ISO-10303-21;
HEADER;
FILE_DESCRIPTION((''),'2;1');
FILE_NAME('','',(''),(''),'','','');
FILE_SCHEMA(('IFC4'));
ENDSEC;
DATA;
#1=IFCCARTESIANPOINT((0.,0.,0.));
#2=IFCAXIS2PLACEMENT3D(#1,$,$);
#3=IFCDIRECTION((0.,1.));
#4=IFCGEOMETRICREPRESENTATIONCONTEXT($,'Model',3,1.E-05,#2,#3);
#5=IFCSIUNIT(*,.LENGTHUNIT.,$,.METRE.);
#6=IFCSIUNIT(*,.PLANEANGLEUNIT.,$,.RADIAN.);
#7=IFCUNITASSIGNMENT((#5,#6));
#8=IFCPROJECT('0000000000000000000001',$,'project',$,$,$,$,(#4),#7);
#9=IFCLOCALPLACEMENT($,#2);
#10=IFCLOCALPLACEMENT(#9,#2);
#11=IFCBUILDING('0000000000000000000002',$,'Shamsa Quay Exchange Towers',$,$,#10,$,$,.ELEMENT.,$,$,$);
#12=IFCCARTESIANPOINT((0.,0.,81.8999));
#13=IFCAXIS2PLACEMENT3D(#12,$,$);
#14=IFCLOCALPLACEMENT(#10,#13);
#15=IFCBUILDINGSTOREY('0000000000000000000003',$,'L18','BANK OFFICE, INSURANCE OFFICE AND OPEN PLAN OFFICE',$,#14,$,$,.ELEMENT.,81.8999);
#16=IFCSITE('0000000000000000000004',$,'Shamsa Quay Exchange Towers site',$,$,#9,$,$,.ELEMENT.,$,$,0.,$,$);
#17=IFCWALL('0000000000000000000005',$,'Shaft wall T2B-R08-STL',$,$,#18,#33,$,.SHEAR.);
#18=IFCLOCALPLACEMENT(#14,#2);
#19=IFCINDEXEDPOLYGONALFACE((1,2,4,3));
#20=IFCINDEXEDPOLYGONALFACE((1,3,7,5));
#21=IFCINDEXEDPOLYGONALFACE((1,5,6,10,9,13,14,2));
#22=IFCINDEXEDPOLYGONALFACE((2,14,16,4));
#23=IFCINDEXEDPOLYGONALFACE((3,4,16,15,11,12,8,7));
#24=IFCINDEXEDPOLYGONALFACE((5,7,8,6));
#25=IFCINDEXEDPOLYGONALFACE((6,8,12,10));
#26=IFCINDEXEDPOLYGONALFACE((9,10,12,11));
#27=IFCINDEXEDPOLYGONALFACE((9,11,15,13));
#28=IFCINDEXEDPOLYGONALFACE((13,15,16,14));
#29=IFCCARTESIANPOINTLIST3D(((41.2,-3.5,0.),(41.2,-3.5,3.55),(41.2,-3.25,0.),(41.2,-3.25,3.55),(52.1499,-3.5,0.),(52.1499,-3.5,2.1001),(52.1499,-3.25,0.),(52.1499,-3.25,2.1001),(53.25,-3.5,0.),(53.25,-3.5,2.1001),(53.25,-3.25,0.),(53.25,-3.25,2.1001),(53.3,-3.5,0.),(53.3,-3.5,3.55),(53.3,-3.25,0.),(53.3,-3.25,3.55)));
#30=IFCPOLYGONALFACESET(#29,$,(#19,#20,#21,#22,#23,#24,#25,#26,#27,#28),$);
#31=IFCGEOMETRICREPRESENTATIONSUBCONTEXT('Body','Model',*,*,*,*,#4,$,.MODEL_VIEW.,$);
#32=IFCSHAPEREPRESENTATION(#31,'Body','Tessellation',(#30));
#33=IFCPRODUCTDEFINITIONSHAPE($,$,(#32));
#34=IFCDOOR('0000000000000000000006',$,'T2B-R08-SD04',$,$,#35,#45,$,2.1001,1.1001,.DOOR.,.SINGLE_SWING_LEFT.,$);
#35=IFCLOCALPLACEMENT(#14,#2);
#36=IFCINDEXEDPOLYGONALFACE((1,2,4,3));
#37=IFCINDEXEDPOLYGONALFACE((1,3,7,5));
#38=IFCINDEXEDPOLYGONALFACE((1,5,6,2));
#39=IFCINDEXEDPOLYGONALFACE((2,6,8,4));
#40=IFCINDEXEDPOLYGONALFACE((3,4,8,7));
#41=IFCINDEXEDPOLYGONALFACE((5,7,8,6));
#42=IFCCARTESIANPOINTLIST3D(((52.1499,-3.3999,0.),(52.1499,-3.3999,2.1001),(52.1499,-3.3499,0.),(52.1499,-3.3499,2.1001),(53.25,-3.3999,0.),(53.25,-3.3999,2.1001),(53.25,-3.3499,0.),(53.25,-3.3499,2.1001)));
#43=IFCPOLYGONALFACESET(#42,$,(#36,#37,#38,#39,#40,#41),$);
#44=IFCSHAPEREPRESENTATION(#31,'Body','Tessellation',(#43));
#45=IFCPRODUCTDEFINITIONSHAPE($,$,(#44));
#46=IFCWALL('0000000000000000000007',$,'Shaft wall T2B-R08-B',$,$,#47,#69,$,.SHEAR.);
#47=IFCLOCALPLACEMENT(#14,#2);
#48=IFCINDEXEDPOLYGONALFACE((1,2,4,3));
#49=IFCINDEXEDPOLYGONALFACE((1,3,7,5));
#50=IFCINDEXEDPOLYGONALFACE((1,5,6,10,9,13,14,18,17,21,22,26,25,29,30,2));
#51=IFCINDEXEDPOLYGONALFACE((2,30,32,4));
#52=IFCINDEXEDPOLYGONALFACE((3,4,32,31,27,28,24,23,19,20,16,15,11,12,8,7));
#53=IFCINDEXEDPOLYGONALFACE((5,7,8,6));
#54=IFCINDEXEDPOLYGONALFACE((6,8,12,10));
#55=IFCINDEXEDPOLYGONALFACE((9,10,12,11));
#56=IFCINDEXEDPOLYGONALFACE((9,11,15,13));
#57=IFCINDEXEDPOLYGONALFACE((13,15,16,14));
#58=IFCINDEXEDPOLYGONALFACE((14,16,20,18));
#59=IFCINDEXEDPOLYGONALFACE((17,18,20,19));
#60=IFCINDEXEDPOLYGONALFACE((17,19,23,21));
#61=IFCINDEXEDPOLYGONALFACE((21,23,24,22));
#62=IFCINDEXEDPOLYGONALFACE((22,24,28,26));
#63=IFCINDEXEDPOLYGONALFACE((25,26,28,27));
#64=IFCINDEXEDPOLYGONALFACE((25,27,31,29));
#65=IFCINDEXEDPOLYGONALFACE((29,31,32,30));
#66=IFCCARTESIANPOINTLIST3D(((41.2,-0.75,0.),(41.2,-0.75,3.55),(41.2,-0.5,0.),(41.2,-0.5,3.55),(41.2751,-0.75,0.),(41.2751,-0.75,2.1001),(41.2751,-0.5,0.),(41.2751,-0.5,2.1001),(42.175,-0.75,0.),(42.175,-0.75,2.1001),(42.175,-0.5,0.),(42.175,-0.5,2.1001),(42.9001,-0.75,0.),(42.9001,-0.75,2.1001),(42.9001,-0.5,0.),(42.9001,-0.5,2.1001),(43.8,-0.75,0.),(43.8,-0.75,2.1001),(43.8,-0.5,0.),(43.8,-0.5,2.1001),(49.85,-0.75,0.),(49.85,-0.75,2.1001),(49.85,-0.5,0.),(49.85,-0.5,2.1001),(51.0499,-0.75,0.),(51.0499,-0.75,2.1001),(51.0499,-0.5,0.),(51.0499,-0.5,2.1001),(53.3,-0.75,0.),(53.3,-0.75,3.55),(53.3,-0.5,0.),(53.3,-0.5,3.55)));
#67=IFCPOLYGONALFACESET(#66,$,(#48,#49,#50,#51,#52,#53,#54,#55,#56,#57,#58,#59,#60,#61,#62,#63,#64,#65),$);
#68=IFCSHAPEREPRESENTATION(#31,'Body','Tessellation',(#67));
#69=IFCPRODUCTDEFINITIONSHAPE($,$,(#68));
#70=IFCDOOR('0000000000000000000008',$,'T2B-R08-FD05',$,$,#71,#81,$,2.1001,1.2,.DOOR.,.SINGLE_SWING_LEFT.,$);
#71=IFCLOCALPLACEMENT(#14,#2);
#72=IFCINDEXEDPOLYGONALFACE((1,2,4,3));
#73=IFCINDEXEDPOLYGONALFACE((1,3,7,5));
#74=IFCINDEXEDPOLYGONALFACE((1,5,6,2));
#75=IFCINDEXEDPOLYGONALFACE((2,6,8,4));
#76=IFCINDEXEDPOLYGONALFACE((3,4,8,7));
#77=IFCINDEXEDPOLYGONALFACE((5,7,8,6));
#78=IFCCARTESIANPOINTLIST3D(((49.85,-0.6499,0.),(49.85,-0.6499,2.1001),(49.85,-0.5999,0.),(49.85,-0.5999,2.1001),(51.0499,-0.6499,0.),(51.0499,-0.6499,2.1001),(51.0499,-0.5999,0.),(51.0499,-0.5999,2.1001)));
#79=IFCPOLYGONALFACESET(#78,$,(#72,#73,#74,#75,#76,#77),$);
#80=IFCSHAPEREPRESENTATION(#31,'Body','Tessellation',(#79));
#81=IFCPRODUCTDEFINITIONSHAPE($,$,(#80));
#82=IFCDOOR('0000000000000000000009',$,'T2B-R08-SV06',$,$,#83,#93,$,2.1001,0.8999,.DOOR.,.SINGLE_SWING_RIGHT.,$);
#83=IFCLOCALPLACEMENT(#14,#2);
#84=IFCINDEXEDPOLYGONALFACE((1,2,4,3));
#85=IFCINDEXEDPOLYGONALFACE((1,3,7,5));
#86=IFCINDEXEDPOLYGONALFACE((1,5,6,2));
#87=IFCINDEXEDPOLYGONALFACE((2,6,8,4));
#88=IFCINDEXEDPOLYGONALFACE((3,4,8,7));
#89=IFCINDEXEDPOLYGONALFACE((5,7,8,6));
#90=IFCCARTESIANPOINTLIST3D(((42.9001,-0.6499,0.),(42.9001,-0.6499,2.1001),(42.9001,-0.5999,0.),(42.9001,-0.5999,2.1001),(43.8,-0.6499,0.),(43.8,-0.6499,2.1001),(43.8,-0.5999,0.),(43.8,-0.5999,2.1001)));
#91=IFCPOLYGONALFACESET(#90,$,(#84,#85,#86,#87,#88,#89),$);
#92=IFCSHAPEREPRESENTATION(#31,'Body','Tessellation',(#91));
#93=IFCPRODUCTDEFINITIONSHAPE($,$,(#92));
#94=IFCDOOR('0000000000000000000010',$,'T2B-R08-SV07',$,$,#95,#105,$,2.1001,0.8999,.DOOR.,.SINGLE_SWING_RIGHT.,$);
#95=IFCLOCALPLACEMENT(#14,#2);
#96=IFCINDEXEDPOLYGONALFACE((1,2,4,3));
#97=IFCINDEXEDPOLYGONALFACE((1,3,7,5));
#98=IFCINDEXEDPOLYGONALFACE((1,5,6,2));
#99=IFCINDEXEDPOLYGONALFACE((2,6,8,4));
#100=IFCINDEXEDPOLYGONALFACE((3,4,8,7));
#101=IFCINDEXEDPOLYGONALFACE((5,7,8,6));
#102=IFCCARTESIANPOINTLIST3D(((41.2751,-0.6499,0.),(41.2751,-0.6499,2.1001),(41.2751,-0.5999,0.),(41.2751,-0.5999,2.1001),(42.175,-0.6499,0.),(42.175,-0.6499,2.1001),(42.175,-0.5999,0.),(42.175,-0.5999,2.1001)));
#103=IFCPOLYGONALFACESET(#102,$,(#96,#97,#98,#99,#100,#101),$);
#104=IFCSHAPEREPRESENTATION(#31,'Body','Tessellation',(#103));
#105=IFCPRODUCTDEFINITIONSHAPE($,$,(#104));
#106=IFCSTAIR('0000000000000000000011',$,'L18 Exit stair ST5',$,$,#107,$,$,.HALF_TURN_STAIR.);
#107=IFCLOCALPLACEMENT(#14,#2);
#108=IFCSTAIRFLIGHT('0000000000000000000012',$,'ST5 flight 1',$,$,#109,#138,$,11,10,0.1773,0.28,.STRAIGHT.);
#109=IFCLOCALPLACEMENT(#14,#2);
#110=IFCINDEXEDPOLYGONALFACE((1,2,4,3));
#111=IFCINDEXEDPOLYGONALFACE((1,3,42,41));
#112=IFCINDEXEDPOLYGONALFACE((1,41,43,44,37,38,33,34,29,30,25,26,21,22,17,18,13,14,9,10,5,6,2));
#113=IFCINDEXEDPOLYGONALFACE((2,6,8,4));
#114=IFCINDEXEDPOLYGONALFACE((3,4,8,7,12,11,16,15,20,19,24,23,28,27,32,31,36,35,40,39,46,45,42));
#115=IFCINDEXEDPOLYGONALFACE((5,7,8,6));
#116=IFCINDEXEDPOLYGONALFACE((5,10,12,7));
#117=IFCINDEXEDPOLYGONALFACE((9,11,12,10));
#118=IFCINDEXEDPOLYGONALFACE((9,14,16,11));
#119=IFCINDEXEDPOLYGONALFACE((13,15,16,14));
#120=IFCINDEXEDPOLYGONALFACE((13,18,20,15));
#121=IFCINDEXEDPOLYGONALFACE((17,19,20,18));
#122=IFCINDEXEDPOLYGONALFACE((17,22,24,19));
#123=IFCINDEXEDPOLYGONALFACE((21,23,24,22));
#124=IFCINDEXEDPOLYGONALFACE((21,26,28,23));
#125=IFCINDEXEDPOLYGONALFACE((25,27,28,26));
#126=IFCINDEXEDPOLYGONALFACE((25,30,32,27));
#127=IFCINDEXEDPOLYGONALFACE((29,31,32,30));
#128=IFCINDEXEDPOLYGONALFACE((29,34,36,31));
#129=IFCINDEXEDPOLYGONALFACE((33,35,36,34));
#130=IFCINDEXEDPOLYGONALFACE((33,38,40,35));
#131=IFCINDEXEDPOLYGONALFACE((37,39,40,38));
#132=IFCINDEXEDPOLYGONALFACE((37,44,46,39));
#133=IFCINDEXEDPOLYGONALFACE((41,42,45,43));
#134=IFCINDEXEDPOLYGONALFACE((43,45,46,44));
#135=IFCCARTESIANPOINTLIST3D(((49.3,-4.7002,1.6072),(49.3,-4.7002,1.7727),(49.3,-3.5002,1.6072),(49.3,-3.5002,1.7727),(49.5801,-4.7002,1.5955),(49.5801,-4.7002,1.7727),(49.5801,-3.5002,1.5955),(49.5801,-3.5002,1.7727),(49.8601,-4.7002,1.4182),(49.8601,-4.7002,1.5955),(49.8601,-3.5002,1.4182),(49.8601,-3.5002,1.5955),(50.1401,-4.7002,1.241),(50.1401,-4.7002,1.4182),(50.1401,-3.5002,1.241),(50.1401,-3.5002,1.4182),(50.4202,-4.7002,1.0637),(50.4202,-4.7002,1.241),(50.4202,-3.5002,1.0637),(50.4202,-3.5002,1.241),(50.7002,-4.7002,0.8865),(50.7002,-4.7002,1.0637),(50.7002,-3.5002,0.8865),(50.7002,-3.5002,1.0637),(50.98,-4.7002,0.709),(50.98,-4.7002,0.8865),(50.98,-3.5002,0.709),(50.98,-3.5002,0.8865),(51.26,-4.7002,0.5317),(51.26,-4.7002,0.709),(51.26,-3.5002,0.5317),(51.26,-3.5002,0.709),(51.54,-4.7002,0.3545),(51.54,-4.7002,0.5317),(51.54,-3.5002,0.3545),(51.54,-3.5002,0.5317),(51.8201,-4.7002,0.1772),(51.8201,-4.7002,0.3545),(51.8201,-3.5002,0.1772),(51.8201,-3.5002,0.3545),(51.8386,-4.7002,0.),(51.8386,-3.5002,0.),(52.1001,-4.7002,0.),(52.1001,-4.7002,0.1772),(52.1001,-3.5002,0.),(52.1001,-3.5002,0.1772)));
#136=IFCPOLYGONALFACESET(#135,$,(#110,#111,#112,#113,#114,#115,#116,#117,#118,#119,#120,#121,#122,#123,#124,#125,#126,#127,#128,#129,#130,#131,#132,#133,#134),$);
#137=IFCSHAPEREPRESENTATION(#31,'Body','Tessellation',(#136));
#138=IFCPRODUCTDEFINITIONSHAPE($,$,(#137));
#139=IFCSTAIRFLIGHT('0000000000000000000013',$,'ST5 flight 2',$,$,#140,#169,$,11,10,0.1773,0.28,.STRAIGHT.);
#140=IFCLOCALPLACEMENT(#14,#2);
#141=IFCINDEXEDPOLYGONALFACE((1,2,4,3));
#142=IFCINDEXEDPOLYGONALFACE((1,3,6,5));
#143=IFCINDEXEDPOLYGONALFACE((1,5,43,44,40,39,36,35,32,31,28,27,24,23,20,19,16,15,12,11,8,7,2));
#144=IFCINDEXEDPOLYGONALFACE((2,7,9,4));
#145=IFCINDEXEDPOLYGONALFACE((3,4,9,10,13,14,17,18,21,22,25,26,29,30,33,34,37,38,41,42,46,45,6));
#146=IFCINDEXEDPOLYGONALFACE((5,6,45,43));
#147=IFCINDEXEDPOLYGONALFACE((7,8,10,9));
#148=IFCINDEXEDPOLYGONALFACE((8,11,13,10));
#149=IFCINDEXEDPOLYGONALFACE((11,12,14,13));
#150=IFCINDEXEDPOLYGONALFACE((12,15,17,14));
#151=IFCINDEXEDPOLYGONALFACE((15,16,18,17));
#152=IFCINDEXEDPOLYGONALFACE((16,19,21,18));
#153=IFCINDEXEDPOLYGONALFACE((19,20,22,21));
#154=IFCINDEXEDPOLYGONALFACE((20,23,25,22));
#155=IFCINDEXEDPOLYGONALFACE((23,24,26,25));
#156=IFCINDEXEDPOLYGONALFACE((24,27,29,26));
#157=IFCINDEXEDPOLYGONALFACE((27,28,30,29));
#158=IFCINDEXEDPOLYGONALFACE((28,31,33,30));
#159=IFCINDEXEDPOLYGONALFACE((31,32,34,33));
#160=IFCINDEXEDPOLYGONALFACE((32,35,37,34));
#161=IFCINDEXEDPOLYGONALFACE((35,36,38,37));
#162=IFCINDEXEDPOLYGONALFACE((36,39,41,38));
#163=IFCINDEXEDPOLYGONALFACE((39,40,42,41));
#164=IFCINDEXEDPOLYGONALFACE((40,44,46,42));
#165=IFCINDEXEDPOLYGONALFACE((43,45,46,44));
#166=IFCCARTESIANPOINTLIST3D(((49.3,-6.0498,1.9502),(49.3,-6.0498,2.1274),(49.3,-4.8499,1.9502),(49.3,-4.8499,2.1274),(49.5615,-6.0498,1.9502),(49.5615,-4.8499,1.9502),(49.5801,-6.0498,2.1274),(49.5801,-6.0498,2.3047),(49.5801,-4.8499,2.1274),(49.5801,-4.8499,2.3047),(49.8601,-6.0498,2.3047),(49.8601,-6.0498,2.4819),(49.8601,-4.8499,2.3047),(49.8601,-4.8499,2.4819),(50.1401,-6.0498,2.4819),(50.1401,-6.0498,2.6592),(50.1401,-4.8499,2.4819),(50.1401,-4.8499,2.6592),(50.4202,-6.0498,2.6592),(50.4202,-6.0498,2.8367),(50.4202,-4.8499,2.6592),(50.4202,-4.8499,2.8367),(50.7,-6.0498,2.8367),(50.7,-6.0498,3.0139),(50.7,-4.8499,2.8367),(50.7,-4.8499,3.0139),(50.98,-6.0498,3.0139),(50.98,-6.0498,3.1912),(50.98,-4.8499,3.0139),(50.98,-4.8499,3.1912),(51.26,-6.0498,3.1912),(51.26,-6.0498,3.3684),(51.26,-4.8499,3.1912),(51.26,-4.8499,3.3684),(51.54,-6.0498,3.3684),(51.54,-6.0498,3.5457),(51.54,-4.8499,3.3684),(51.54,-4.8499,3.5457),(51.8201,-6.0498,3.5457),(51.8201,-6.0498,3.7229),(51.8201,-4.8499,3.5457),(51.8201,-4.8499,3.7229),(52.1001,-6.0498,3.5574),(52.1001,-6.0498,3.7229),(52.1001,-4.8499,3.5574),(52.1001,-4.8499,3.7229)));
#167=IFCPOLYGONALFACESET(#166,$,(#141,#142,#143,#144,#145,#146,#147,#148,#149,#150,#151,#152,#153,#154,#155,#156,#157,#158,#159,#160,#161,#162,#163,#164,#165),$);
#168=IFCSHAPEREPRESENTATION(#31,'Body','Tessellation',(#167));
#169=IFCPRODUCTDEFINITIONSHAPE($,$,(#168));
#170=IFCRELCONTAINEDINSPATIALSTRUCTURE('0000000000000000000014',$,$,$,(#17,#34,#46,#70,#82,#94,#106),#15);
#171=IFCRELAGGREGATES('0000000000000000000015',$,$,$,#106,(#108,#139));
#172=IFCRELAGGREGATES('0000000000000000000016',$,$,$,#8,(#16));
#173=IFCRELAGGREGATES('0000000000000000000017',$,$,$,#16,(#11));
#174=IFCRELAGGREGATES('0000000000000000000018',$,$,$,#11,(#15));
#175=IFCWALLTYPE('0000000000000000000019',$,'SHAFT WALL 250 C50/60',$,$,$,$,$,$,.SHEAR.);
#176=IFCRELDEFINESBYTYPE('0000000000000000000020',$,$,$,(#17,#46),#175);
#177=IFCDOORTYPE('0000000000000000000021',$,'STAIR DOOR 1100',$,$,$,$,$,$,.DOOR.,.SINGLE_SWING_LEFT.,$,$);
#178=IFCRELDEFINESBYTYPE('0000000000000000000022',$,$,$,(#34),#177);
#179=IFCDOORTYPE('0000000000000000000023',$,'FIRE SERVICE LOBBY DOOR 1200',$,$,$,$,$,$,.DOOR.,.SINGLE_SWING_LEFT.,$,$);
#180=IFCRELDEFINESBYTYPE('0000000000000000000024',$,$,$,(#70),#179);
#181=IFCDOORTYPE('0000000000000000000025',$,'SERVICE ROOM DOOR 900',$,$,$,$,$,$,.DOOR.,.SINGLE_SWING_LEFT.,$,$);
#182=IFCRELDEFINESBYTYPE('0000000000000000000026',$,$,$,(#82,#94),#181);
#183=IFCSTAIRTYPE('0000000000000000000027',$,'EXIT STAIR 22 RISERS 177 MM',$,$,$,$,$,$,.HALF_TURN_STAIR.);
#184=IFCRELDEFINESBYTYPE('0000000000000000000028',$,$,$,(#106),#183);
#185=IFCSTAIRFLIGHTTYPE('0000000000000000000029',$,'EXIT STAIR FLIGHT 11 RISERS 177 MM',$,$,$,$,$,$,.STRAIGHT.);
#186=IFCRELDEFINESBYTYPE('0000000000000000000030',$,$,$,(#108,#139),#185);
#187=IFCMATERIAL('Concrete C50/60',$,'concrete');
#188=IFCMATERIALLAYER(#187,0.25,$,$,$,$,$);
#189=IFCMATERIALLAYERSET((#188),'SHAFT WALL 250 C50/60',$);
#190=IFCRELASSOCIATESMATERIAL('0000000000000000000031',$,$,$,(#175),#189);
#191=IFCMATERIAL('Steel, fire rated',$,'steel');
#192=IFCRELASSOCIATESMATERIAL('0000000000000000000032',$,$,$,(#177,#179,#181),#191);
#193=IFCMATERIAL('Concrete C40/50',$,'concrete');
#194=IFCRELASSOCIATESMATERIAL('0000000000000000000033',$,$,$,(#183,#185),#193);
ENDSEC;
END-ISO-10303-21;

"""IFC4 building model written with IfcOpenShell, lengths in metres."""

from ifc_helpers import new_model, si_unit, direction, frame, frame_2d, origin, place, context, subcontext, project, spatial, polyline, rectangle, outline, extrude, material, layer, layer_set, type_object, element, fill, aggregate, save


model = new_model("IFC4")

# Units and contexts
model_context = context("Model", 3, precision=1e-05, world=origin(), true_north=direction((0.0, 1.0)))
body_context = subcontext(model_context, "Body", "Model", "MODEL_VIEW")
ifc_project = project(units=[si_unit("LENGTHUNIT", "METRE"), si_unit("PLANEANGLEUNIT", "RADIAN")], contexts=[model_context])

# Site, building, storey
site_placement = place(None, origin())
site = spatial("IfcSite", under=ifc_project, at=site_placement, Name="Shamsa Quay Exchange Towers site", CompositionType="ELEMENT", RefElevation=0.0)
building_placement = place(site_placement, origin())
building = spatial("IfcBuilding", under=site, at=building_placement, Name="Shamsa Quay Exchange Towers", CompositionType="ELEMENT")
storey_placement = place(building_placement, frame((0.0, 0.0, 81.8999)))
storey = spatial("IfcBuildingStorey", under=building, at=storey_placement, Name="L18", Description="BANK OFFICE, INSURANCE OFFICE AND OPEN PLAN OFFICE", CompositionType="ELEMENT", Elevation=81.8999)

# Shared definitions
ifc_material_1 = material(Name="Steel, fire rated", Category="steel")

# Wall, opening, door
ifc_material_2 = material(Name="Concrete C50/60", Category="concrete")
ifc_layer_1 = layer(ifc_material_2, 0.25)
ifc_layer_set_1 = layer_set([ifc_layer_1], Name="SHAFT WALL 250 C50/60")
wall_type_1 = type_object("IfcWallType", Name="SHAFT WALL 250 C50/60", PredefinedType="SHEAR", material=ifc_layer_set_1)
wall_1_placement = place(storey_placement, frame((53.3, -3.375, 0.0), z_axis=(0.0, 0.0, 1.0), x_axis=(-1.0, 0.0, 0.0)))
wall_1 = element("IfcWall", 1, at=wall_1_placement, inside=storey, type_object=wall_type_1, Name="Shaft wall T2B-R08-STL", PredefinedType="SHEAR", context=body_context, shape_type="SweptSolid", body=[
    extrude(rectangle(XDim=12.1001, YDim=0.25, at=frame_2d((6.05, 0.0))), origin(), (0.0, 0.0, 1.0), 3.55),
])
opening_1_placement = place(wall_1_placement, frame((0.05, 0.0, 0.0)))
opening_1 = element("IfcOpeningElement", 2, at=opening_1_placement, cuts=wall_1, PredefinedType="OPENING", context=body_context, shape_type="SweptSolid", body=[
    extrude(rectangle(XDim=1.1001, YDim=2.1001, at=frame_2d((0.55, 1.05))), frame((0.0, 0.135, 0.0), z_axis=(0.0, -1.0, 0.0), x_axis=(1.0, 0.0, 0.0)), (0.0, 0.0, 1.0), 0.27),
])
door_type_1 = type_object("IfcDoorType", Name="STAIR DOOR 1100", OperationType="SINGLE_SWING_LEFT", PredefinedType="DOOR", material=ifc_material_1)
door_1_placement = place(opening_1_placement, origin())
door_1 = element("IfcDoor", 3, at=door_1_placement, inside=storey, type_object=door_type_1, Name="T2B-R08-SD04", OperationType="SINGLE_SWING_LEFT", OverallHeight=2.1001, OverallWidth=1.1001, PredefinedType="DOOR", context=body_context, shape_type="SweptSolid", body=[
    extrude(rectangle(XDim=1.1001, YDim=2.1001, at=frame_2d((0.55, 1.05))), frame((0.0, 0.0249, 0.0), z_axis=(0.0, -1.0, 0.0), x_axis=(1.0, 0.0, 0.0)), (0.0, 0.0, 1.0), 0.05),
])
fill(opening_1, door_1)

# Wall, openings, doors
wall_2_placement = place(storey_placement, frame((53.3, -0.625, 0.0), z_axis=(0.0, 0.0, 1.0), x_axis=(-1.0, 0.0, 0.0)))
wall_2 = element("IfcWall", 4, at=wall_2_placement, inside=storey, type_object=wall_type_1, Name="Shaft wall T2B-R08-B", PredefinedType="SHEAR", context=body_context, shape_type="SweptSolid", body=[
    extrude(rectangle(XDim=12.1001, YDim=0.25, at=frame_2d((6.05, 0.0))), origin(), (0.0, 0.0, 1.0), 3.55),
])
opening_2_placement = place(wall_2_placement, frame((2.25, 0.0, 0.0)))
opening_2 = element("IfcOpeningElement", 5, at=opening_2_placement, cuts=wall_2, PredefinedType="OPENING", context=body_context, shape_type="SweptSolid", body=[
    extrude(rectangle(XDim=1.2, YDim=2.1001, at=frame_2d((0.6001, 1.05))), frame((0.0, 0.135, 0.0), z_axis=(0.0, -1.0, 0.0), x_axis=(1.0, 0.0, 0.0)), (0.0, 0.0, 1.0), 0.27),
])
opening_3_placement = place(wall_2_placement, frame((9.5, 0.0, 0.0)))
opening_3 = element("IfcOpeningElement", 6, at=opening_3_placement, cuts=wall_2, PredefinedType="OPENING", context=body_context, shape_type="SweptSolid", body=[
    extrude(rectangle(XDim=0.8999, YDim=2.1001, at=frame_2d((0.45, 1.05))), frame((0.0, 0.135, 0.0), z_axis=(0.0, -1.0, 0.0), x_axis=(1.0, 0.0, 0.0)), (0.0, 0.0, 1.0), 0.27),
])
opening_4_placement = place(wall_2_placement, frame((11.125, 0.0, 0.0)))
opening_4 = element("IfcOpeningElement", 7, at=opening_4_placement, cuts=wall_2, PredefinedType="OPENING", context=body_context, shape_type="SweptSolid", body=[
    extrude(rectangle(XDim=0.8999, YDim=2.1001, at=frame_2d((0.45, 1.05))), frame((0.0, 0.135, 0.0), z_axis=(0.0, -1.0, 0.0), x_axis=(1.0, 0.0, 0.0)), (0.0, 0.0, 1.0), 0.27),
])
door_type_2 = type_object("IfcDoorType", Name="FIRE SERVICE LOBBY DOOR 1200", OperationType="SINGLE_SWING_LEFT", PredefinedType="DOOR", material=ifc_material_1)
door_2_placement = place(opening_2_placement, origin())
door_2 = element("IfcDoor", 8, at=door_2_placement, inside=storey, type_object=door_type_2, Name="T2B-R08-FD05", OperationType="SINGLE_SWING_LEFT", OverallHeight=2.1001, OverallWidth=1.2, PredefinedType="DOOR", context=body_context, shape_type="SweptSolid", body=[
    extrude(rectangle(XDim=1.2, YDim=2.1001, at=frame_2d((0.6001, 1.05))), frame((0.0, 0.0249, 0.0), z_axis=(0.0, -1.0, 0.0), x_axis=(1.0, 0.0, 0.0)), (0.0, 0.0, 1.0), 0.05),
])
fill(opening_2, door_2)
door_type_3 = type_object("IfcDoorType", Name="SERVICE ROOM DOOR 900", OperationType="SINGLE_SWING_LEFT", PredefinedType="DOOR", material=ifc_material_1)
door_3_placement = place(opening_3_placement, origin())
door_3 = element("IfcDoor", 9, at=door_3_placement, inside=storey, type_object=door_type_3, Name="T2B-R08-SV06", OperationType="SINGLE_SWING_RIGHT", OverallHeight=2.1001, OverallWidth=0.8999, PredefinedType="DOOR", context=body_context, shape_type="SweptSolid", body=[
    extrude(rectangle(XDim=0.8999, YDim=2.1001, at=frame_2d((0.45, 1.05))), frame((0.0, 0.0249, 0.0), z_axis=(0.0, -1.0, 0.0), x_axis=(1.0, 0.0, 0.0)), (0.0, 0.0, 1.0), 0.05),
])
fill(opening_3, door_3)
door_4_placement = place(opening_4_placement, origin())
door_4 = element("IfcDoor", 10, at=door_4_placement, inside=storey, type_object=door_type_3, Name="T2B-R08-SV07", OperationType="SINGLE_SWING_RIGHT", OverallHeight=2.1001, OverallWidth=0.8999, PredefinedType="DOOR", context=body_context, shape_type="SweptSolid", body=[
    extrude(rectangle(XDim=0.8999, YDim=2.1001, at=frame_2d((0.45, 1.05))), frame((0.0, 0.0249, 0.0), z_axis=(0.0, -1.0, 0.0), x_axis=(1.0, 0.0, 0.0)), (0.0, 0.0, 1.0), 0.05),
])
fill(opening_4, door_4)

# Stair, stair flights
ifc_material_3 = material(Name="Concrete C40/50", Category="concrete")
stair_type = type_object("IfcStairType", Name="EXIT STAIR 22 RISERS 177 MM", PredefinedType="HALF_TURN_STAIR", material=ifc_material_3)
stair_placement = place(storey_placement, origin())
stair = element("IfcStair", 11, at=stair_placement, inside=storey, type_object=stair_type, Name="L18 Exit stair ST5", PredefinedType="HALF_TURN_STAIR")
stair_flight_type = type_object("IfcStairFlightType", Name="EXIT STAIR FLIGHT 11 RISERS 177 MM", PredefinedType="STRAIGHT", material=ifc_material_3)
stair_flight_1_placement = place(storey_placement, frame((52.1001, -4.1001, 0.0), z_axis=(0.0, 0.0, 1.0), x_axis=(-1.0, 0.0, 0.0)))
stair_flight_1 = element("IfcStairFlight", 12, at=stair_flight_1_placement, type_object=stair_flight_type, Name="ST5 flight 1", NumberOfRisers=11, NumberOfTreads=10, PredefinedType="STRAIGHT", RiserHeight=0.1773, TreadLength=0.28, context=body_context, shape_type="SweptSolid", body=[
    extrude(outline(polyline([(0.0, 0.0), (0.0, 0.1772), (0.28, 0.1772), (0.28, 0.3545), (0.5601, 0.3545), (0.5601, 0.5317), (0.8401, 0.5317), (0.8401, 0.709), (1.1201, 0.709), (1.1201, 0.8865), (1.3999, 0.8865), (1.3999, 1.0637), (1.6799, 1.0637), (1.6799, 1.241), (1.96, 1.241), (1.96, 1.4182), (2.24, 1.4182), (2.24, 1.5955), (2.52, 1.5955), (2.52, 1.7727), (2.8, 1.7727), (2.8, 1.95), (2.8, 1.6072), (0.2615, 0.0), (0.0, 0.0)])), frame((0.0, 0.6001, 0.0), z_axis=(0.0, -1.0, 0.0), x_axis=(1.0, 0.0, 0.0)), (0.0, 0.0, 1.0), 1.2),
])
stair_flight_2_placement = place(storey_placement, frame((49.3, -5.45, 1.9502)))
stair_flight_2 = element("IfcStairFlight", 13, at=stair_flight_2_placement, type_object=stair_flight_type, Name="ST5 flight 2", NumberOfRisers=11, NumberOfTreads=10, PredefinedType="STRAIGHT", RiserHeight=0.1773, TreadLength=0.28, context=body_context, shape_type="SweptSolid", body=[
    extrude(outline(polyline([(0.0, 0.0), (0.0, 0.1772), (0.28, 0.1772), (0.28, 0.3545), (0.5601, 0.3545), (0.5601, 0.5317), (0.8401, 0.5317), (0.8401, 0.709), (1.1201, 0.709), (1.1201, 0.8865), (1.3999, 0.8865), (1.3999, 1.0637), (1.6799, 1.0637), (1.6799, 1.241), (1.96, 1.241), (1.96, 1.4182), (2.24, 1.4182), (2.24, 1.5955), (2.52, 1.5955), (2.52, 1.7727), (2.8, 1.7727), (2.8, 1.95), (2.8, 1.6072), (0.2615, 0.0), (0.0, 0.0)])), frame((0.0, 0.6001, 0.0), z_axis=(0.0, -1.0, 0.0), x_axis=(1.0, 0.0, 0.0)), (0.0, 0.0, 1.0), 1.2),
])
aggregate(stair, [stair_flight_1, stair_flight_2])

save(model, "model.ifc")
